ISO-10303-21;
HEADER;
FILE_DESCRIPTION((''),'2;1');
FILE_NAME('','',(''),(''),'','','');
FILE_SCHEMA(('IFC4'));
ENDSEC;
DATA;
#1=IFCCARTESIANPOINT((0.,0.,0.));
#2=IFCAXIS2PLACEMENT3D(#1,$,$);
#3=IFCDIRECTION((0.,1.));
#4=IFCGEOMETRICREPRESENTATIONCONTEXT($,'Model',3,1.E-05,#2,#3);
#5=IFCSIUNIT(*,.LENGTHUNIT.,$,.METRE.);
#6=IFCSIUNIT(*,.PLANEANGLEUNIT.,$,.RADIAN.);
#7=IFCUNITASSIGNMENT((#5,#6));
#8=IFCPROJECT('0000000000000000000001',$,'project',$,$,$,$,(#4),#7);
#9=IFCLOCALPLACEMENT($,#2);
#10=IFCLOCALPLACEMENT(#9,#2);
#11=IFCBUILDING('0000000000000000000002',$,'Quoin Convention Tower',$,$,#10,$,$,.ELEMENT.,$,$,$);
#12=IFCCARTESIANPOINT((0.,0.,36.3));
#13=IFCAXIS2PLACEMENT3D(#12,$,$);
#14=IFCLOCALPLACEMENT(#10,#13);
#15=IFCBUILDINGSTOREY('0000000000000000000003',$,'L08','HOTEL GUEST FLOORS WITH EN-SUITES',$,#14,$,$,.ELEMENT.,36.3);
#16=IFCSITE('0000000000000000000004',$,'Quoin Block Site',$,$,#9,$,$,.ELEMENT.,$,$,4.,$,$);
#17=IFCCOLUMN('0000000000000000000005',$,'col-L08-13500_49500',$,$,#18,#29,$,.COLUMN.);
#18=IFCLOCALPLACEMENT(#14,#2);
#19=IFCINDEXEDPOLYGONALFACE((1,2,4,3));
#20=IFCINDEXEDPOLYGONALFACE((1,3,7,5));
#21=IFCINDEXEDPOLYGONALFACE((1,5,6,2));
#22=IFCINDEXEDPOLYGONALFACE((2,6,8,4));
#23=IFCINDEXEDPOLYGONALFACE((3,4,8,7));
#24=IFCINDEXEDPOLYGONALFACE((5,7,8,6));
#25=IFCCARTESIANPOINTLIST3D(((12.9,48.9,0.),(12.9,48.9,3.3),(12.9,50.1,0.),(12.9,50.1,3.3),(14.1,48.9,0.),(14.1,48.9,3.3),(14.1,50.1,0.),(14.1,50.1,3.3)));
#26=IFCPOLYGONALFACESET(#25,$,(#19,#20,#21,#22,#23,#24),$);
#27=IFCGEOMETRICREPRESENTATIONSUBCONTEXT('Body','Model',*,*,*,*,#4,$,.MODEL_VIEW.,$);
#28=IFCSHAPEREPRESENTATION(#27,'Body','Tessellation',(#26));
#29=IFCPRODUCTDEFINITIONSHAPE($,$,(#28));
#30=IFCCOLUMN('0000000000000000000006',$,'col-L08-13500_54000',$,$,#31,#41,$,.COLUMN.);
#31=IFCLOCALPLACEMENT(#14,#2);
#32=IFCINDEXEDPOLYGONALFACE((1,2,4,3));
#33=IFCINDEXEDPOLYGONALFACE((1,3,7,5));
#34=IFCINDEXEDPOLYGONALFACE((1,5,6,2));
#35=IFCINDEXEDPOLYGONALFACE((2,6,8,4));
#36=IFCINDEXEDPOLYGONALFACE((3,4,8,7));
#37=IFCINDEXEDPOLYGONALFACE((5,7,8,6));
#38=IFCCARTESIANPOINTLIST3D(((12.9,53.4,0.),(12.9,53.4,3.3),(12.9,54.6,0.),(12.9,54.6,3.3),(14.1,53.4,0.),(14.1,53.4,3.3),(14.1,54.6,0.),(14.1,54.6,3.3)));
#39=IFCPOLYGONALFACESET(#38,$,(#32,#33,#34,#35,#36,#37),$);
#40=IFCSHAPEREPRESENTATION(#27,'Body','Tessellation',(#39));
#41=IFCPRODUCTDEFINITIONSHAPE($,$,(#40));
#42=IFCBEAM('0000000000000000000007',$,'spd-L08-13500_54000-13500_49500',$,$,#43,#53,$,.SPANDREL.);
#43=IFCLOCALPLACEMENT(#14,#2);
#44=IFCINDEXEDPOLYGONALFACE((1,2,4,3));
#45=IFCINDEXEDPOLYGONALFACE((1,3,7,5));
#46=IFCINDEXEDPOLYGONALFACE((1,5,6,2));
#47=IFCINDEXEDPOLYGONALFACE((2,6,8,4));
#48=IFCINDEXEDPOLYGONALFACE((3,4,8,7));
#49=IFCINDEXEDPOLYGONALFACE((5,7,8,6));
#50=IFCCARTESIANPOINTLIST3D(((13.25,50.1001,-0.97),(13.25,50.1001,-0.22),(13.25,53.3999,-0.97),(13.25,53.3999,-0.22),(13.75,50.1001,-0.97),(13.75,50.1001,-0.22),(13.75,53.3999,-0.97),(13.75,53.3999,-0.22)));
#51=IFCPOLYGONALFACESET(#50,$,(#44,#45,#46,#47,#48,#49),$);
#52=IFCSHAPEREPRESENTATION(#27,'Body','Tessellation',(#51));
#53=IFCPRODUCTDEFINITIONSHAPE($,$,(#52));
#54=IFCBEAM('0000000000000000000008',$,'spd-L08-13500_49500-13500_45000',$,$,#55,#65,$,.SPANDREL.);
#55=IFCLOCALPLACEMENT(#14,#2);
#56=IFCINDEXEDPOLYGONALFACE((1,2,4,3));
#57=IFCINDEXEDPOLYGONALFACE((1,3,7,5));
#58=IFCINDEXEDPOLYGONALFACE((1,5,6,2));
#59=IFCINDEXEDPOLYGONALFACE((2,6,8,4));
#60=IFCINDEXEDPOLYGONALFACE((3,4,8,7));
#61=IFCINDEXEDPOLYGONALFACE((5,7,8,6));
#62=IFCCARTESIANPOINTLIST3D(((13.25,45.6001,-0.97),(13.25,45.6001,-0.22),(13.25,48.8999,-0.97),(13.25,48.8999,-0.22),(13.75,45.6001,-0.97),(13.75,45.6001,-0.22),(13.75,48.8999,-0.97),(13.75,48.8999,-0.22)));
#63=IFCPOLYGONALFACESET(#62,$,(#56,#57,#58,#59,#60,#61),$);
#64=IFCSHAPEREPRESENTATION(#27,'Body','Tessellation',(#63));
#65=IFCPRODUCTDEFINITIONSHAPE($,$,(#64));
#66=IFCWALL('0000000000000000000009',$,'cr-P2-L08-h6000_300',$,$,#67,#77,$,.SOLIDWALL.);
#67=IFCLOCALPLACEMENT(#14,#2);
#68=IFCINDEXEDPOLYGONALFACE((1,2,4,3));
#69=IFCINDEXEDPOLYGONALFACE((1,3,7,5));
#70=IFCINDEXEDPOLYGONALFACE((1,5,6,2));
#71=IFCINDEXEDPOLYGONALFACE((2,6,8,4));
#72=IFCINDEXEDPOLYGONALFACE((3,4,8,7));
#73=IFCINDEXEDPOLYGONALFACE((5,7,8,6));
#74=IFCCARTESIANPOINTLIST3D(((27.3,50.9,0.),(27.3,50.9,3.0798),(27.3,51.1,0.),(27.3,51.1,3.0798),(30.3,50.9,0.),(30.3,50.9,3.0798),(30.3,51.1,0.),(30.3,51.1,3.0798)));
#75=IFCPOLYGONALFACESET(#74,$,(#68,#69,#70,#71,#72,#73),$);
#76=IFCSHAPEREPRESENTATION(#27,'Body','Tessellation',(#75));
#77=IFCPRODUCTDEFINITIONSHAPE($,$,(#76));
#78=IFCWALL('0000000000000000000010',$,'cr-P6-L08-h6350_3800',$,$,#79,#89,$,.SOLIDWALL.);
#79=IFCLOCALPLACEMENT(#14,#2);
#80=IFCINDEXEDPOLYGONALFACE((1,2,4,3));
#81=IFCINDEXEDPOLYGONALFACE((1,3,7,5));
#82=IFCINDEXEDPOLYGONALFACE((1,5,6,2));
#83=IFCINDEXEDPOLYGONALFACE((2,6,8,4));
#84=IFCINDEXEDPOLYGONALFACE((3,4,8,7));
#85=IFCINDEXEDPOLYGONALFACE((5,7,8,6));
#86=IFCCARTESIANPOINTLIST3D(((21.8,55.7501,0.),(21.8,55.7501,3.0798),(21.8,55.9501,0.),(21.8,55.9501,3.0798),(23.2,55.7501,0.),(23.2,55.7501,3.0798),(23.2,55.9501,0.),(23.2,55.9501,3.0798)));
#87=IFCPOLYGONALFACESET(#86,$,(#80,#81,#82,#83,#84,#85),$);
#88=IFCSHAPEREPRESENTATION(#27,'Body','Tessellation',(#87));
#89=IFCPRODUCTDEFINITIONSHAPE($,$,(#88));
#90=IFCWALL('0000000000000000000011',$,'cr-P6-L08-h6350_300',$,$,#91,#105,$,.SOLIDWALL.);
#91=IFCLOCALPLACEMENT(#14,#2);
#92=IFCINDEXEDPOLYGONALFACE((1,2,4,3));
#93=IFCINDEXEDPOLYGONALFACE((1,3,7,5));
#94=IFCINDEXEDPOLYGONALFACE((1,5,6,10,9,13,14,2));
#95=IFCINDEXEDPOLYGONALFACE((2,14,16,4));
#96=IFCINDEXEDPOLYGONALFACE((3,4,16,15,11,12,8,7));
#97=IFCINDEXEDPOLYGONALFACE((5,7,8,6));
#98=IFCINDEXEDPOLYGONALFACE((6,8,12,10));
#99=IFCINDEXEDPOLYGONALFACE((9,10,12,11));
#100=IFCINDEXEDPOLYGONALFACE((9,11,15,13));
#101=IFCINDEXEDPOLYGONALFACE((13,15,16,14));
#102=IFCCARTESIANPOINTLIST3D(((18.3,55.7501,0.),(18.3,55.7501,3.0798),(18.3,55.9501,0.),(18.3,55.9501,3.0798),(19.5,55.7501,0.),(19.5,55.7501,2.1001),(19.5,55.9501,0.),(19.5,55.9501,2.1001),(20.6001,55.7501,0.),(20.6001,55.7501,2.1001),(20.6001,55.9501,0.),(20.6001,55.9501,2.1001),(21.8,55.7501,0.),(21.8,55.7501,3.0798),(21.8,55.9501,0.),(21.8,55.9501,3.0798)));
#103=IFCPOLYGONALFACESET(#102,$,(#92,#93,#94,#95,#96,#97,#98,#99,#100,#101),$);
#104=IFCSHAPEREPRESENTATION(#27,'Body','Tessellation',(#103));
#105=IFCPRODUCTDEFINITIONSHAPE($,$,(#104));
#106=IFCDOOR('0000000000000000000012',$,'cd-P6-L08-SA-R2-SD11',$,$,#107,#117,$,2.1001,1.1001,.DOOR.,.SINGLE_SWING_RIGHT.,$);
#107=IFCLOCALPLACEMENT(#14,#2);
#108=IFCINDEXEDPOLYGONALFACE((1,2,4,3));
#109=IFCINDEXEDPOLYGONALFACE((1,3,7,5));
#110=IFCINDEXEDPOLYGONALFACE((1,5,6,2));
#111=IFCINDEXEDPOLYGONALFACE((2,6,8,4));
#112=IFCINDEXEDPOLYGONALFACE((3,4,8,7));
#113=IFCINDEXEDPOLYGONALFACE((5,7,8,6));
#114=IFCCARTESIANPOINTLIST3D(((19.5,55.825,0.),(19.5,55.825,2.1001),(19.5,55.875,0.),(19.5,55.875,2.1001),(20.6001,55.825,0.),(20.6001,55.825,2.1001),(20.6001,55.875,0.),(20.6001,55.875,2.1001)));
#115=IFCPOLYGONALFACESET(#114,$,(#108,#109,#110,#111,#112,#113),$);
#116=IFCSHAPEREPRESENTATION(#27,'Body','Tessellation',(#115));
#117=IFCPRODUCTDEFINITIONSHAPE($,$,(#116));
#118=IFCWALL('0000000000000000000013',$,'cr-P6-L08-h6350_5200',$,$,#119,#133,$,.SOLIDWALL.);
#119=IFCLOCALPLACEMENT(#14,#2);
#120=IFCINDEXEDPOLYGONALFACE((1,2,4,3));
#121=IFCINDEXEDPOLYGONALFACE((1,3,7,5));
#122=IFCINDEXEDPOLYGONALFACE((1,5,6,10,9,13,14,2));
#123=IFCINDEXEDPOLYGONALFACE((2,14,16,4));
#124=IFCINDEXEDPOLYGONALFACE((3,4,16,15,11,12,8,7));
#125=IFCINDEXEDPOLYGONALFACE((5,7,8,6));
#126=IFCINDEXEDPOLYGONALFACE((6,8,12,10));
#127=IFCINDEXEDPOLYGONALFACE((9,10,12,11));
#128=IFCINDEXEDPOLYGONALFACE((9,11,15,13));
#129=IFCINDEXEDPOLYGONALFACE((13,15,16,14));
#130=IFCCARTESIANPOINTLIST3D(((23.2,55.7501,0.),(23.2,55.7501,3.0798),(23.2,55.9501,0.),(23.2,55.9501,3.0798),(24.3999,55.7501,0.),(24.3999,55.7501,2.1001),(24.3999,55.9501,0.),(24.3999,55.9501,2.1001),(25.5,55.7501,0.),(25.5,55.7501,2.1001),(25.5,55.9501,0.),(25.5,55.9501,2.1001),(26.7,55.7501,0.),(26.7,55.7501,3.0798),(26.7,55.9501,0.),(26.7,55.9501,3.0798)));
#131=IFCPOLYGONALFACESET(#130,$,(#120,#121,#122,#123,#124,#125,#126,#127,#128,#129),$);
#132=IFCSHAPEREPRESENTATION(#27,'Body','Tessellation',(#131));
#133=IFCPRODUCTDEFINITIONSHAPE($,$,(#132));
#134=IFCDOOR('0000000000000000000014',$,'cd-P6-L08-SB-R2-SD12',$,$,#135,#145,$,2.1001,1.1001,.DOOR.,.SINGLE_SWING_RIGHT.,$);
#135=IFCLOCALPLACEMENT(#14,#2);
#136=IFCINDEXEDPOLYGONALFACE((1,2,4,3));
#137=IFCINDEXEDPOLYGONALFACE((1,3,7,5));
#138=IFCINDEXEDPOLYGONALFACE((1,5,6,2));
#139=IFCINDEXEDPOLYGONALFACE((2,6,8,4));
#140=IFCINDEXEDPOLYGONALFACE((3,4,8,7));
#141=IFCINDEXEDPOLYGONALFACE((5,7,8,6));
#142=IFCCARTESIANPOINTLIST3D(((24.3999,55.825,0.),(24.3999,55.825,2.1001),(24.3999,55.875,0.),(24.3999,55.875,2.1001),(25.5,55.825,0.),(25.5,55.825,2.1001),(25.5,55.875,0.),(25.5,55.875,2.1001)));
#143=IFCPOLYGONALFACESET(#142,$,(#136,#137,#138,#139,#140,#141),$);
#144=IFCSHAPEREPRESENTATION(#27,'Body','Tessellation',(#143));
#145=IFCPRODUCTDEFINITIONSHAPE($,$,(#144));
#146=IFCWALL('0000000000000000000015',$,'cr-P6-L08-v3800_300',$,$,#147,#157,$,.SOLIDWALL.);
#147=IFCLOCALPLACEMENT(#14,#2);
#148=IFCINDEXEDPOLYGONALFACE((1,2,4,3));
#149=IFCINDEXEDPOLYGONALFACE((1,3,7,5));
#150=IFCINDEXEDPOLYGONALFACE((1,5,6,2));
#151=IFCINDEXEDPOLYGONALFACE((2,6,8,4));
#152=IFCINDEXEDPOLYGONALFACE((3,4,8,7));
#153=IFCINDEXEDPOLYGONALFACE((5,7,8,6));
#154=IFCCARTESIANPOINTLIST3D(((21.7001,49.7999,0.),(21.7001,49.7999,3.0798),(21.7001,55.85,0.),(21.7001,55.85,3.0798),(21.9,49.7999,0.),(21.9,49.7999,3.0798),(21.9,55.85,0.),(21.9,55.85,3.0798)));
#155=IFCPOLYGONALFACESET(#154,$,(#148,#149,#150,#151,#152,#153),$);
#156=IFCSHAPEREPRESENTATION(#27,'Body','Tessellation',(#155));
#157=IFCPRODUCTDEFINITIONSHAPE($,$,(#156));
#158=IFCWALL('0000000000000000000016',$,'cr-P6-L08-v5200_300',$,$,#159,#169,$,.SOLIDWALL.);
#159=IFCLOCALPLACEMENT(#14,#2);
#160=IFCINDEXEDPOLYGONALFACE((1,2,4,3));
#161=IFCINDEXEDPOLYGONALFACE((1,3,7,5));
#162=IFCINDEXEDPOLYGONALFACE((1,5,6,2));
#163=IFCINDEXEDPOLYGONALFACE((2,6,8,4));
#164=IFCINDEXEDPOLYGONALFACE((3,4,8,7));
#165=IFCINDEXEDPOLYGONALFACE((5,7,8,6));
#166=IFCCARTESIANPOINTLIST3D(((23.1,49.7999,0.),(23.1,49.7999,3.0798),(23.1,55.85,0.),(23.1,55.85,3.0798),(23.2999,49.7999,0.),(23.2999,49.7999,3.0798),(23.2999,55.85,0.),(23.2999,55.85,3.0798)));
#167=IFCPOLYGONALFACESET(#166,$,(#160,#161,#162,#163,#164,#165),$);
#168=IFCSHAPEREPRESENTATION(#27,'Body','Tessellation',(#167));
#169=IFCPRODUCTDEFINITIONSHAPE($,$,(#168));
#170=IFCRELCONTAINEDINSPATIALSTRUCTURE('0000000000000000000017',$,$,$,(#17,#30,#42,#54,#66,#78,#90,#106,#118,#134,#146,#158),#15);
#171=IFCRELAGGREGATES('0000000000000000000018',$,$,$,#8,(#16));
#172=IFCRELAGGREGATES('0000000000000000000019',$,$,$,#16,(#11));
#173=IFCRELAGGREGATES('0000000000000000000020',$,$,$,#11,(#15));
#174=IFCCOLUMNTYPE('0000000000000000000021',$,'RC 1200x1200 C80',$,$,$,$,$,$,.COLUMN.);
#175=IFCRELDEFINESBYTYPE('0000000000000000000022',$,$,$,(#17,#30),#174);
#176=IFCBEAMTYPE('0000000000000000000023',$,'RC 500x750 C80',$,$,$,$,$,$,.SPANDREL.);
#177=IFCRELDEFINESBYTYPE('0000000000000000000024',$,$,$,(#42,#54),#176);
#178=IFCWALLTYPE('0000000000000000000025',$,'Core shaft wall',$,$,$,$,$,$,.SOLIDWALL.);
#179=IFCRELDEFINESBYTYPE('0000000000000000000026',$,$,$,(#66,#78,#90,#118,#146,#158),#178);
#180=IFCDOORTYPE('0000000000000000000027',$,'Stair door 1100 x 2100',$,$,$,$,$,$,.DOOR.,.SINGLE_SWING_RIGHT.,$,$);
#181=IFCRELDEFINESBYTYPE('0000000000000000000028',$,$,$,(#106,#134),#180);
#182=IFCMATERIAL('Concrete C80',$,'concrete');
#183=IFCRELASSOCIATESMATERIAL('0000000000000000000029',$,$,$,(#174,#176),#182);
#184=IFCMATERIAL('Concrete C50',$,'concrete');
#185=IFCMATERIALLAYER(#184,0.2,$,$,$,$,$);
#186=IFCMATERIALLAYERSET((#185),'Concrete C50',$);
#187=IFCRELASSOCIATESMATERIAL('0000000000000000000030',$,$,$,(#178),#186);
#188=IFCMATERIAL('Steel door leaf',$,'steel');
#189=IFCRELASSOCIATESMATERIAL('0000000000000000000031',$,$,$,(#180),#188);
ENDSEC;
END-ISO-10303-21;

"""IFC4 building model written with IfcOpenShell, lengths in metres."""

from ifc_helpers import new_model, si_unit, direction, frame, frame_2d, origin, origin_2d, place, context, subcontext, project, spatial, rectangle, extrude, material, layer, layer_set, material_profile, profile_set, type_object, element, fill, save


model = new_model("IFC4")

# Units and contexts
model_context = context("Model", 3, precision=1e-05, world=origin(), true_north=direction((0.0, 1.0)))
body_context = subcontext(model_context, "Body", "Model", "MODEL_VIEW")
ifc_project = project(units=[si_unit("LENGTHUNIT", "METRE"), si_unit("PLANEANGLEUNIT", "RADIAN")], contexts=[model_context])

# Site, building, storey
site_placement = place(None, origin())
site = spatial("IfcSite", under=ifc_project, at=site_placement, Name="Quoin Block Site", CompositionType="ELEMENT", RefElevation=4.0)
building_placement = place(site_placement, origin())
building = spatial("IfcBuilding", under=site, at=building_placement, Name="Quoin Convention Tower", CompositionType="ELEMENT")
storey_placement = place(building_placement, frame((0.0, 0.0, 36.3)))
storey = spatial("IfcBuildingStorey", under=building, at=storey_placement, Name="L08", Description="HOTEL GUEST FLOORS WITH EN-SUITES", CompositionType="ELEMENT", Elevation=36.3)

# Columns
ifc_material_1 = material(Name="Concrete C80", Category="concrete")
ifc_material_profile_1 = material_profile(ifc_material_1, rectangle(XDim=1.2, YDim=1.2, at=origin_2d()), Name="RC 1200x1200")
ifc_profile_set_1 = profile_set([ifc_material_profile_1], Name="Concrete C80")
column_type = type_object("IfcColumnType", Name="RC 1200x1200 C80", PredefinedType="COLUMN", material=ifc_profile_set_1)
for number, where, z_axis, x_axis, name in (
    (1, (13.5, 49.5, 0.0), (0.0, 0.0, 1.0), (1.0, 0.0, 0.0), "col-L08-13500_49500"),
    (2, (13.5, 54.0, 0.0), (0.0, 0.0, 1.0), (1.0, 0.0, 0.0), "col-L08-13500_54000"),
):
    element("IfcColumn", number, at=place(storey_placement, frame(where, z_axis=z_axis, x_axis=x_axis)), inside=storey, type_object=column_type, Name=name, PredefinedType="COLUMN", context=body_context, shape_type="SweptSolid", body=[
        extrude(rectangle(XDim=1.2, YDim=1.2, at=origin_2d()), origin(), (0.0, 0.0, 1.0), 3.3),
    ])

# Beams
ifc_material_profile_2 = material_profile(ifc_material_1, rectangle(XDim=0.5, YDim=0.75, at=origin_2d()), Name="RC 500x750")
ifc_profile_set_2 = profile_set([ifc_material_profile_2], Name="Concrete C80")
beam_type = type_object("IfcBeamType", Name="RC 500x750 C80", PredefinedType="SPANDREL", material=ifc_profile_set_2)
for number, where, z_axis, x_axis, name in (
    (3, (13.5, 53.3999, -0.595), (0.0, -1.0, 0.0), (1.0, 0.0, 0.0), "spd-L08-13500_54000-13500_49500"),
    (4, (13.5, 48.8999, -0.595), (0.0, -1.0, 0.0), (1.0, 0.0, 0.0), "spd-L08-13500_49500-13500_45000"),
):
    element("IfcBeam", number, at=place(storey_placement, frame(where, z_axis=z_axis, x_axis=x_axis)), inside=storey, type_object=beam_type, Name=name, PredefinedType="SPANDREL", context=body_context, shape_type="SweptSolid", body=[
        extrude(rectangle(XDim=0.5, YDim=0.75, at=origin_2d()), origin(), (0.0, 0.0, 1.0), 3.2998),
    ])

# Walls
ifc_material_2 = material(Name="Concrete C50", Category="concrete")
ifc_layer_1 = layer(ifc_material_2, 0.2)
ifc_layer_set_1 = layer_set([ifc_layer_1], Name="Concrete C50")
wall_type_1 = type_object("IfcWallType", Name="Core shaft wall", PredefinedType="SOLIDWALL", material=ifc_layer_set_1)
wall_1_placement = place(storey_placement, frame((27.3, 51.0, 0.0), z_axis=(0.0, 0.0, 1.0), x_axis=(1.0, 0.0, 0.0)))
element("IfcWall", 5, at=wall_1_placement, inside=storey, type_object=wall_type_1, Name="cr-P2-L08-h6000_300", PredefinedType="SOLIDWALL", context=body_context, shape_type="SweptSolid", body=[
    extrude(rectangle(XDim=3.0, YDim=0.2, at=frame_2d((1.5, 0.0))), origin(), (0.0, 0.0, 1.0), 3.0798),
])
wall_2_placement = place(storey_placement, frame((21.8, 55.8501, 0.0), z_axis=(0.0, 0.0, 1.0), x_axis=(1.0, 0.0, 0.0)))
element("IfcWall", 6, at=wall_2_placement, inside=storey, type_object=wall_type_1, Name="cr-P6-L08-h6350_3800", PredefinedType="SOLIDWALL", context=body_context, shape_type="SweptSolid", body=[
    extrude(rectangle(XDim=1.3999, YDim=0.2, at=frame_2d((0.7, 0.0))), origin(), (0.0, 0.0, 1.0), 3.0798),
])

# Walls, openings, doors
wall_3_placement = place(storey_placement, frame((18.3, 55.8501, 0.0), z_axis=(0.0, 0.0, 1.0), x_axis=(1.0, 0.0, 0.0)))
wall_3 = element("IfcWall", 7, at=wall_3_placement, inside=storey, type_object=wall_type_1, Name="cr-P6-L08-h6350_300", PredefinedType="SOLIDWALL", context=body_context, shape_type="SweptSolid", body=[
    extrude(rectangle(XDim=3.5, YDim=0.2, at=frame_2d((1.75, 0.0))), origin(), (0.0, 0.0, 1.0), 3.0798),
])
opening_1_placement = place(wall_3_placement, frame((1.2, 0.0, 0.0)))
opening_1 = element("IfcOpeningElement", 8, at=opening_1_placement, cuts=wall_3, PredefinedType="OPENING", context=body_context, shape_type="SweptSolid", body=[
    extrude(rectangle(XDim=1.1001, YDim=2.1001, at=frame_2d((0.55, 1.05))), frame((0.0, 0.1099, 0.0), z_axis=(0.0, -1.0, 0.0), x_axis=(1.0, 0.0, 0.0)), (0.0, 0.0, 1.0), 0.22),
])
ifc_material_3 = material(Name="Steel door leaf", Category="steel")
door_type_1 = type_object("IfcDoorType", Name="Stair door 1100 x 2100", OperationType="SINGLE_SWING_RIGHT", PredefinedType="DOOR", material=ifc_material_3)
door_1_placement = place(opening_1_placement, origin())
door_1 = element("IfcDoor", 9, at=door_1_placement, inside=storey, type_object=door_type_1, Name="cd-P6-L08-SA-R2-SD11", OperationType="SINGLE_SWING_RIGHT", OverallHeight=2.1001, OverallWidth=1.1001, PredefinedType="DOOR", context=body_context, shape_type="SweptSolid", body=[
    extrude(rectangle(XDim=1.1001, YDim=2.1001, at=frame_2d((0.55, 1.05))), frame((0.0, 0.0249, 0.0), z_axis=(0.0, -1.0, 0.0), x_axis=(1.0, 0.0, 0.0)), (0.0, 0.0, 1.0), 0.05),
])
fill(opening_1, door_1)
wall_4_placement = place(storey_placement, frame((23.2, 55.8501, 0.0), z_axis=(0.0, 0.0, 1.0), x_axis=(1.0, 0.0, 0.0)))
wall_4 = element("IfcWall", 10, at=wall_4_placement, inside=storey, type_object=wall_type_1, Name="cr-P6-L08-h6350_5200", PredefinedType="SOLIDWALL", context=body_context, shape_type="SweptSolid", body=[
    extrude(rectangle(XDim=3.5, YDim=0.2, at=frame_2d((1.75, 0.0))), origin(), (0.0, 0.0, 1.0), 3.0798),
])
opening_2_placement = place(wall_4_placement, frame((1.2, 0.0, 0.0)))
opening_2 = element("IfcOpeningElement", 11, at=opening_2_placement, cuts=wall_4, PredefinedType="OPENING", context=body_context, shape_type="SweptSolid", body=[
    extrude(rectangle(XDim=1.1001, YDim=2.1001, at=frame_2d((0.55, 1.05))), frame((0.0, 0.1099, 0.0), z_axis=(0.0, -1.0, 0.0), x_axis=(1.0, 0.0, 0.0)), (0.0, 0.0, 1.0), 0.22),
])
door_2_placement = place(opening_2_placement, origin())
door_2 = element("IfcDoor", 12, at=door_2_placement, inside=storey, type_object=door_type_1, Name="cd-P6-L08-SB-R2-SD12", OperationType="SINGLE_SWING_RIGHT", OverallHeight=2.1001, OverallWidth=1.1001, PredefinedType="DOOR", context=body_context, shape_type="SweptSolid", body=[
    extrude(rectangle(XDim=1.1001, YDim=2.1001, at=frame_2d((0.55, 1.05))), frame((0.0, 0.0249, 0.0), z_axis=(0.0, -1.0, 0.0), x_axis=(1.0, 0.0, 0.0)), (0.0, 0.0, 1.0), 0.05),
])
fill(opening_2, door_2)

# Walls
for number, where, z_axis, x_axis, name in (
    (13, (21.8, 49.8, 0.0), (0.0, 0.0, 1.0), (0.0, 1.0, 0.0), "cr-P6-L08-v3800_300"),
    (14, (23.2, 49.8, 0.0), (0.0, 0.0, 1.0), (0.0, 1.0, 0.0), "cr-P6-L08-v5200_300"),
):
    element("IfcWall", number, at=place(storey_placement, frame(where, z_axis=z_axis, x_axis=x_axis)), inside=storey, type_object=wall_type_1, Name=name, PredefinedType="SOLIDWALL", context=body_context, shape_type="SweptSolid", body=[
        extrude(rectangle(XDim=6.05, YDim=0.2, at=frame_2d((3.0249, 0.0))), origin(), (0.0, 0.0, 1.0), 3.0798),
    ])

save(model, "model.ifc")
